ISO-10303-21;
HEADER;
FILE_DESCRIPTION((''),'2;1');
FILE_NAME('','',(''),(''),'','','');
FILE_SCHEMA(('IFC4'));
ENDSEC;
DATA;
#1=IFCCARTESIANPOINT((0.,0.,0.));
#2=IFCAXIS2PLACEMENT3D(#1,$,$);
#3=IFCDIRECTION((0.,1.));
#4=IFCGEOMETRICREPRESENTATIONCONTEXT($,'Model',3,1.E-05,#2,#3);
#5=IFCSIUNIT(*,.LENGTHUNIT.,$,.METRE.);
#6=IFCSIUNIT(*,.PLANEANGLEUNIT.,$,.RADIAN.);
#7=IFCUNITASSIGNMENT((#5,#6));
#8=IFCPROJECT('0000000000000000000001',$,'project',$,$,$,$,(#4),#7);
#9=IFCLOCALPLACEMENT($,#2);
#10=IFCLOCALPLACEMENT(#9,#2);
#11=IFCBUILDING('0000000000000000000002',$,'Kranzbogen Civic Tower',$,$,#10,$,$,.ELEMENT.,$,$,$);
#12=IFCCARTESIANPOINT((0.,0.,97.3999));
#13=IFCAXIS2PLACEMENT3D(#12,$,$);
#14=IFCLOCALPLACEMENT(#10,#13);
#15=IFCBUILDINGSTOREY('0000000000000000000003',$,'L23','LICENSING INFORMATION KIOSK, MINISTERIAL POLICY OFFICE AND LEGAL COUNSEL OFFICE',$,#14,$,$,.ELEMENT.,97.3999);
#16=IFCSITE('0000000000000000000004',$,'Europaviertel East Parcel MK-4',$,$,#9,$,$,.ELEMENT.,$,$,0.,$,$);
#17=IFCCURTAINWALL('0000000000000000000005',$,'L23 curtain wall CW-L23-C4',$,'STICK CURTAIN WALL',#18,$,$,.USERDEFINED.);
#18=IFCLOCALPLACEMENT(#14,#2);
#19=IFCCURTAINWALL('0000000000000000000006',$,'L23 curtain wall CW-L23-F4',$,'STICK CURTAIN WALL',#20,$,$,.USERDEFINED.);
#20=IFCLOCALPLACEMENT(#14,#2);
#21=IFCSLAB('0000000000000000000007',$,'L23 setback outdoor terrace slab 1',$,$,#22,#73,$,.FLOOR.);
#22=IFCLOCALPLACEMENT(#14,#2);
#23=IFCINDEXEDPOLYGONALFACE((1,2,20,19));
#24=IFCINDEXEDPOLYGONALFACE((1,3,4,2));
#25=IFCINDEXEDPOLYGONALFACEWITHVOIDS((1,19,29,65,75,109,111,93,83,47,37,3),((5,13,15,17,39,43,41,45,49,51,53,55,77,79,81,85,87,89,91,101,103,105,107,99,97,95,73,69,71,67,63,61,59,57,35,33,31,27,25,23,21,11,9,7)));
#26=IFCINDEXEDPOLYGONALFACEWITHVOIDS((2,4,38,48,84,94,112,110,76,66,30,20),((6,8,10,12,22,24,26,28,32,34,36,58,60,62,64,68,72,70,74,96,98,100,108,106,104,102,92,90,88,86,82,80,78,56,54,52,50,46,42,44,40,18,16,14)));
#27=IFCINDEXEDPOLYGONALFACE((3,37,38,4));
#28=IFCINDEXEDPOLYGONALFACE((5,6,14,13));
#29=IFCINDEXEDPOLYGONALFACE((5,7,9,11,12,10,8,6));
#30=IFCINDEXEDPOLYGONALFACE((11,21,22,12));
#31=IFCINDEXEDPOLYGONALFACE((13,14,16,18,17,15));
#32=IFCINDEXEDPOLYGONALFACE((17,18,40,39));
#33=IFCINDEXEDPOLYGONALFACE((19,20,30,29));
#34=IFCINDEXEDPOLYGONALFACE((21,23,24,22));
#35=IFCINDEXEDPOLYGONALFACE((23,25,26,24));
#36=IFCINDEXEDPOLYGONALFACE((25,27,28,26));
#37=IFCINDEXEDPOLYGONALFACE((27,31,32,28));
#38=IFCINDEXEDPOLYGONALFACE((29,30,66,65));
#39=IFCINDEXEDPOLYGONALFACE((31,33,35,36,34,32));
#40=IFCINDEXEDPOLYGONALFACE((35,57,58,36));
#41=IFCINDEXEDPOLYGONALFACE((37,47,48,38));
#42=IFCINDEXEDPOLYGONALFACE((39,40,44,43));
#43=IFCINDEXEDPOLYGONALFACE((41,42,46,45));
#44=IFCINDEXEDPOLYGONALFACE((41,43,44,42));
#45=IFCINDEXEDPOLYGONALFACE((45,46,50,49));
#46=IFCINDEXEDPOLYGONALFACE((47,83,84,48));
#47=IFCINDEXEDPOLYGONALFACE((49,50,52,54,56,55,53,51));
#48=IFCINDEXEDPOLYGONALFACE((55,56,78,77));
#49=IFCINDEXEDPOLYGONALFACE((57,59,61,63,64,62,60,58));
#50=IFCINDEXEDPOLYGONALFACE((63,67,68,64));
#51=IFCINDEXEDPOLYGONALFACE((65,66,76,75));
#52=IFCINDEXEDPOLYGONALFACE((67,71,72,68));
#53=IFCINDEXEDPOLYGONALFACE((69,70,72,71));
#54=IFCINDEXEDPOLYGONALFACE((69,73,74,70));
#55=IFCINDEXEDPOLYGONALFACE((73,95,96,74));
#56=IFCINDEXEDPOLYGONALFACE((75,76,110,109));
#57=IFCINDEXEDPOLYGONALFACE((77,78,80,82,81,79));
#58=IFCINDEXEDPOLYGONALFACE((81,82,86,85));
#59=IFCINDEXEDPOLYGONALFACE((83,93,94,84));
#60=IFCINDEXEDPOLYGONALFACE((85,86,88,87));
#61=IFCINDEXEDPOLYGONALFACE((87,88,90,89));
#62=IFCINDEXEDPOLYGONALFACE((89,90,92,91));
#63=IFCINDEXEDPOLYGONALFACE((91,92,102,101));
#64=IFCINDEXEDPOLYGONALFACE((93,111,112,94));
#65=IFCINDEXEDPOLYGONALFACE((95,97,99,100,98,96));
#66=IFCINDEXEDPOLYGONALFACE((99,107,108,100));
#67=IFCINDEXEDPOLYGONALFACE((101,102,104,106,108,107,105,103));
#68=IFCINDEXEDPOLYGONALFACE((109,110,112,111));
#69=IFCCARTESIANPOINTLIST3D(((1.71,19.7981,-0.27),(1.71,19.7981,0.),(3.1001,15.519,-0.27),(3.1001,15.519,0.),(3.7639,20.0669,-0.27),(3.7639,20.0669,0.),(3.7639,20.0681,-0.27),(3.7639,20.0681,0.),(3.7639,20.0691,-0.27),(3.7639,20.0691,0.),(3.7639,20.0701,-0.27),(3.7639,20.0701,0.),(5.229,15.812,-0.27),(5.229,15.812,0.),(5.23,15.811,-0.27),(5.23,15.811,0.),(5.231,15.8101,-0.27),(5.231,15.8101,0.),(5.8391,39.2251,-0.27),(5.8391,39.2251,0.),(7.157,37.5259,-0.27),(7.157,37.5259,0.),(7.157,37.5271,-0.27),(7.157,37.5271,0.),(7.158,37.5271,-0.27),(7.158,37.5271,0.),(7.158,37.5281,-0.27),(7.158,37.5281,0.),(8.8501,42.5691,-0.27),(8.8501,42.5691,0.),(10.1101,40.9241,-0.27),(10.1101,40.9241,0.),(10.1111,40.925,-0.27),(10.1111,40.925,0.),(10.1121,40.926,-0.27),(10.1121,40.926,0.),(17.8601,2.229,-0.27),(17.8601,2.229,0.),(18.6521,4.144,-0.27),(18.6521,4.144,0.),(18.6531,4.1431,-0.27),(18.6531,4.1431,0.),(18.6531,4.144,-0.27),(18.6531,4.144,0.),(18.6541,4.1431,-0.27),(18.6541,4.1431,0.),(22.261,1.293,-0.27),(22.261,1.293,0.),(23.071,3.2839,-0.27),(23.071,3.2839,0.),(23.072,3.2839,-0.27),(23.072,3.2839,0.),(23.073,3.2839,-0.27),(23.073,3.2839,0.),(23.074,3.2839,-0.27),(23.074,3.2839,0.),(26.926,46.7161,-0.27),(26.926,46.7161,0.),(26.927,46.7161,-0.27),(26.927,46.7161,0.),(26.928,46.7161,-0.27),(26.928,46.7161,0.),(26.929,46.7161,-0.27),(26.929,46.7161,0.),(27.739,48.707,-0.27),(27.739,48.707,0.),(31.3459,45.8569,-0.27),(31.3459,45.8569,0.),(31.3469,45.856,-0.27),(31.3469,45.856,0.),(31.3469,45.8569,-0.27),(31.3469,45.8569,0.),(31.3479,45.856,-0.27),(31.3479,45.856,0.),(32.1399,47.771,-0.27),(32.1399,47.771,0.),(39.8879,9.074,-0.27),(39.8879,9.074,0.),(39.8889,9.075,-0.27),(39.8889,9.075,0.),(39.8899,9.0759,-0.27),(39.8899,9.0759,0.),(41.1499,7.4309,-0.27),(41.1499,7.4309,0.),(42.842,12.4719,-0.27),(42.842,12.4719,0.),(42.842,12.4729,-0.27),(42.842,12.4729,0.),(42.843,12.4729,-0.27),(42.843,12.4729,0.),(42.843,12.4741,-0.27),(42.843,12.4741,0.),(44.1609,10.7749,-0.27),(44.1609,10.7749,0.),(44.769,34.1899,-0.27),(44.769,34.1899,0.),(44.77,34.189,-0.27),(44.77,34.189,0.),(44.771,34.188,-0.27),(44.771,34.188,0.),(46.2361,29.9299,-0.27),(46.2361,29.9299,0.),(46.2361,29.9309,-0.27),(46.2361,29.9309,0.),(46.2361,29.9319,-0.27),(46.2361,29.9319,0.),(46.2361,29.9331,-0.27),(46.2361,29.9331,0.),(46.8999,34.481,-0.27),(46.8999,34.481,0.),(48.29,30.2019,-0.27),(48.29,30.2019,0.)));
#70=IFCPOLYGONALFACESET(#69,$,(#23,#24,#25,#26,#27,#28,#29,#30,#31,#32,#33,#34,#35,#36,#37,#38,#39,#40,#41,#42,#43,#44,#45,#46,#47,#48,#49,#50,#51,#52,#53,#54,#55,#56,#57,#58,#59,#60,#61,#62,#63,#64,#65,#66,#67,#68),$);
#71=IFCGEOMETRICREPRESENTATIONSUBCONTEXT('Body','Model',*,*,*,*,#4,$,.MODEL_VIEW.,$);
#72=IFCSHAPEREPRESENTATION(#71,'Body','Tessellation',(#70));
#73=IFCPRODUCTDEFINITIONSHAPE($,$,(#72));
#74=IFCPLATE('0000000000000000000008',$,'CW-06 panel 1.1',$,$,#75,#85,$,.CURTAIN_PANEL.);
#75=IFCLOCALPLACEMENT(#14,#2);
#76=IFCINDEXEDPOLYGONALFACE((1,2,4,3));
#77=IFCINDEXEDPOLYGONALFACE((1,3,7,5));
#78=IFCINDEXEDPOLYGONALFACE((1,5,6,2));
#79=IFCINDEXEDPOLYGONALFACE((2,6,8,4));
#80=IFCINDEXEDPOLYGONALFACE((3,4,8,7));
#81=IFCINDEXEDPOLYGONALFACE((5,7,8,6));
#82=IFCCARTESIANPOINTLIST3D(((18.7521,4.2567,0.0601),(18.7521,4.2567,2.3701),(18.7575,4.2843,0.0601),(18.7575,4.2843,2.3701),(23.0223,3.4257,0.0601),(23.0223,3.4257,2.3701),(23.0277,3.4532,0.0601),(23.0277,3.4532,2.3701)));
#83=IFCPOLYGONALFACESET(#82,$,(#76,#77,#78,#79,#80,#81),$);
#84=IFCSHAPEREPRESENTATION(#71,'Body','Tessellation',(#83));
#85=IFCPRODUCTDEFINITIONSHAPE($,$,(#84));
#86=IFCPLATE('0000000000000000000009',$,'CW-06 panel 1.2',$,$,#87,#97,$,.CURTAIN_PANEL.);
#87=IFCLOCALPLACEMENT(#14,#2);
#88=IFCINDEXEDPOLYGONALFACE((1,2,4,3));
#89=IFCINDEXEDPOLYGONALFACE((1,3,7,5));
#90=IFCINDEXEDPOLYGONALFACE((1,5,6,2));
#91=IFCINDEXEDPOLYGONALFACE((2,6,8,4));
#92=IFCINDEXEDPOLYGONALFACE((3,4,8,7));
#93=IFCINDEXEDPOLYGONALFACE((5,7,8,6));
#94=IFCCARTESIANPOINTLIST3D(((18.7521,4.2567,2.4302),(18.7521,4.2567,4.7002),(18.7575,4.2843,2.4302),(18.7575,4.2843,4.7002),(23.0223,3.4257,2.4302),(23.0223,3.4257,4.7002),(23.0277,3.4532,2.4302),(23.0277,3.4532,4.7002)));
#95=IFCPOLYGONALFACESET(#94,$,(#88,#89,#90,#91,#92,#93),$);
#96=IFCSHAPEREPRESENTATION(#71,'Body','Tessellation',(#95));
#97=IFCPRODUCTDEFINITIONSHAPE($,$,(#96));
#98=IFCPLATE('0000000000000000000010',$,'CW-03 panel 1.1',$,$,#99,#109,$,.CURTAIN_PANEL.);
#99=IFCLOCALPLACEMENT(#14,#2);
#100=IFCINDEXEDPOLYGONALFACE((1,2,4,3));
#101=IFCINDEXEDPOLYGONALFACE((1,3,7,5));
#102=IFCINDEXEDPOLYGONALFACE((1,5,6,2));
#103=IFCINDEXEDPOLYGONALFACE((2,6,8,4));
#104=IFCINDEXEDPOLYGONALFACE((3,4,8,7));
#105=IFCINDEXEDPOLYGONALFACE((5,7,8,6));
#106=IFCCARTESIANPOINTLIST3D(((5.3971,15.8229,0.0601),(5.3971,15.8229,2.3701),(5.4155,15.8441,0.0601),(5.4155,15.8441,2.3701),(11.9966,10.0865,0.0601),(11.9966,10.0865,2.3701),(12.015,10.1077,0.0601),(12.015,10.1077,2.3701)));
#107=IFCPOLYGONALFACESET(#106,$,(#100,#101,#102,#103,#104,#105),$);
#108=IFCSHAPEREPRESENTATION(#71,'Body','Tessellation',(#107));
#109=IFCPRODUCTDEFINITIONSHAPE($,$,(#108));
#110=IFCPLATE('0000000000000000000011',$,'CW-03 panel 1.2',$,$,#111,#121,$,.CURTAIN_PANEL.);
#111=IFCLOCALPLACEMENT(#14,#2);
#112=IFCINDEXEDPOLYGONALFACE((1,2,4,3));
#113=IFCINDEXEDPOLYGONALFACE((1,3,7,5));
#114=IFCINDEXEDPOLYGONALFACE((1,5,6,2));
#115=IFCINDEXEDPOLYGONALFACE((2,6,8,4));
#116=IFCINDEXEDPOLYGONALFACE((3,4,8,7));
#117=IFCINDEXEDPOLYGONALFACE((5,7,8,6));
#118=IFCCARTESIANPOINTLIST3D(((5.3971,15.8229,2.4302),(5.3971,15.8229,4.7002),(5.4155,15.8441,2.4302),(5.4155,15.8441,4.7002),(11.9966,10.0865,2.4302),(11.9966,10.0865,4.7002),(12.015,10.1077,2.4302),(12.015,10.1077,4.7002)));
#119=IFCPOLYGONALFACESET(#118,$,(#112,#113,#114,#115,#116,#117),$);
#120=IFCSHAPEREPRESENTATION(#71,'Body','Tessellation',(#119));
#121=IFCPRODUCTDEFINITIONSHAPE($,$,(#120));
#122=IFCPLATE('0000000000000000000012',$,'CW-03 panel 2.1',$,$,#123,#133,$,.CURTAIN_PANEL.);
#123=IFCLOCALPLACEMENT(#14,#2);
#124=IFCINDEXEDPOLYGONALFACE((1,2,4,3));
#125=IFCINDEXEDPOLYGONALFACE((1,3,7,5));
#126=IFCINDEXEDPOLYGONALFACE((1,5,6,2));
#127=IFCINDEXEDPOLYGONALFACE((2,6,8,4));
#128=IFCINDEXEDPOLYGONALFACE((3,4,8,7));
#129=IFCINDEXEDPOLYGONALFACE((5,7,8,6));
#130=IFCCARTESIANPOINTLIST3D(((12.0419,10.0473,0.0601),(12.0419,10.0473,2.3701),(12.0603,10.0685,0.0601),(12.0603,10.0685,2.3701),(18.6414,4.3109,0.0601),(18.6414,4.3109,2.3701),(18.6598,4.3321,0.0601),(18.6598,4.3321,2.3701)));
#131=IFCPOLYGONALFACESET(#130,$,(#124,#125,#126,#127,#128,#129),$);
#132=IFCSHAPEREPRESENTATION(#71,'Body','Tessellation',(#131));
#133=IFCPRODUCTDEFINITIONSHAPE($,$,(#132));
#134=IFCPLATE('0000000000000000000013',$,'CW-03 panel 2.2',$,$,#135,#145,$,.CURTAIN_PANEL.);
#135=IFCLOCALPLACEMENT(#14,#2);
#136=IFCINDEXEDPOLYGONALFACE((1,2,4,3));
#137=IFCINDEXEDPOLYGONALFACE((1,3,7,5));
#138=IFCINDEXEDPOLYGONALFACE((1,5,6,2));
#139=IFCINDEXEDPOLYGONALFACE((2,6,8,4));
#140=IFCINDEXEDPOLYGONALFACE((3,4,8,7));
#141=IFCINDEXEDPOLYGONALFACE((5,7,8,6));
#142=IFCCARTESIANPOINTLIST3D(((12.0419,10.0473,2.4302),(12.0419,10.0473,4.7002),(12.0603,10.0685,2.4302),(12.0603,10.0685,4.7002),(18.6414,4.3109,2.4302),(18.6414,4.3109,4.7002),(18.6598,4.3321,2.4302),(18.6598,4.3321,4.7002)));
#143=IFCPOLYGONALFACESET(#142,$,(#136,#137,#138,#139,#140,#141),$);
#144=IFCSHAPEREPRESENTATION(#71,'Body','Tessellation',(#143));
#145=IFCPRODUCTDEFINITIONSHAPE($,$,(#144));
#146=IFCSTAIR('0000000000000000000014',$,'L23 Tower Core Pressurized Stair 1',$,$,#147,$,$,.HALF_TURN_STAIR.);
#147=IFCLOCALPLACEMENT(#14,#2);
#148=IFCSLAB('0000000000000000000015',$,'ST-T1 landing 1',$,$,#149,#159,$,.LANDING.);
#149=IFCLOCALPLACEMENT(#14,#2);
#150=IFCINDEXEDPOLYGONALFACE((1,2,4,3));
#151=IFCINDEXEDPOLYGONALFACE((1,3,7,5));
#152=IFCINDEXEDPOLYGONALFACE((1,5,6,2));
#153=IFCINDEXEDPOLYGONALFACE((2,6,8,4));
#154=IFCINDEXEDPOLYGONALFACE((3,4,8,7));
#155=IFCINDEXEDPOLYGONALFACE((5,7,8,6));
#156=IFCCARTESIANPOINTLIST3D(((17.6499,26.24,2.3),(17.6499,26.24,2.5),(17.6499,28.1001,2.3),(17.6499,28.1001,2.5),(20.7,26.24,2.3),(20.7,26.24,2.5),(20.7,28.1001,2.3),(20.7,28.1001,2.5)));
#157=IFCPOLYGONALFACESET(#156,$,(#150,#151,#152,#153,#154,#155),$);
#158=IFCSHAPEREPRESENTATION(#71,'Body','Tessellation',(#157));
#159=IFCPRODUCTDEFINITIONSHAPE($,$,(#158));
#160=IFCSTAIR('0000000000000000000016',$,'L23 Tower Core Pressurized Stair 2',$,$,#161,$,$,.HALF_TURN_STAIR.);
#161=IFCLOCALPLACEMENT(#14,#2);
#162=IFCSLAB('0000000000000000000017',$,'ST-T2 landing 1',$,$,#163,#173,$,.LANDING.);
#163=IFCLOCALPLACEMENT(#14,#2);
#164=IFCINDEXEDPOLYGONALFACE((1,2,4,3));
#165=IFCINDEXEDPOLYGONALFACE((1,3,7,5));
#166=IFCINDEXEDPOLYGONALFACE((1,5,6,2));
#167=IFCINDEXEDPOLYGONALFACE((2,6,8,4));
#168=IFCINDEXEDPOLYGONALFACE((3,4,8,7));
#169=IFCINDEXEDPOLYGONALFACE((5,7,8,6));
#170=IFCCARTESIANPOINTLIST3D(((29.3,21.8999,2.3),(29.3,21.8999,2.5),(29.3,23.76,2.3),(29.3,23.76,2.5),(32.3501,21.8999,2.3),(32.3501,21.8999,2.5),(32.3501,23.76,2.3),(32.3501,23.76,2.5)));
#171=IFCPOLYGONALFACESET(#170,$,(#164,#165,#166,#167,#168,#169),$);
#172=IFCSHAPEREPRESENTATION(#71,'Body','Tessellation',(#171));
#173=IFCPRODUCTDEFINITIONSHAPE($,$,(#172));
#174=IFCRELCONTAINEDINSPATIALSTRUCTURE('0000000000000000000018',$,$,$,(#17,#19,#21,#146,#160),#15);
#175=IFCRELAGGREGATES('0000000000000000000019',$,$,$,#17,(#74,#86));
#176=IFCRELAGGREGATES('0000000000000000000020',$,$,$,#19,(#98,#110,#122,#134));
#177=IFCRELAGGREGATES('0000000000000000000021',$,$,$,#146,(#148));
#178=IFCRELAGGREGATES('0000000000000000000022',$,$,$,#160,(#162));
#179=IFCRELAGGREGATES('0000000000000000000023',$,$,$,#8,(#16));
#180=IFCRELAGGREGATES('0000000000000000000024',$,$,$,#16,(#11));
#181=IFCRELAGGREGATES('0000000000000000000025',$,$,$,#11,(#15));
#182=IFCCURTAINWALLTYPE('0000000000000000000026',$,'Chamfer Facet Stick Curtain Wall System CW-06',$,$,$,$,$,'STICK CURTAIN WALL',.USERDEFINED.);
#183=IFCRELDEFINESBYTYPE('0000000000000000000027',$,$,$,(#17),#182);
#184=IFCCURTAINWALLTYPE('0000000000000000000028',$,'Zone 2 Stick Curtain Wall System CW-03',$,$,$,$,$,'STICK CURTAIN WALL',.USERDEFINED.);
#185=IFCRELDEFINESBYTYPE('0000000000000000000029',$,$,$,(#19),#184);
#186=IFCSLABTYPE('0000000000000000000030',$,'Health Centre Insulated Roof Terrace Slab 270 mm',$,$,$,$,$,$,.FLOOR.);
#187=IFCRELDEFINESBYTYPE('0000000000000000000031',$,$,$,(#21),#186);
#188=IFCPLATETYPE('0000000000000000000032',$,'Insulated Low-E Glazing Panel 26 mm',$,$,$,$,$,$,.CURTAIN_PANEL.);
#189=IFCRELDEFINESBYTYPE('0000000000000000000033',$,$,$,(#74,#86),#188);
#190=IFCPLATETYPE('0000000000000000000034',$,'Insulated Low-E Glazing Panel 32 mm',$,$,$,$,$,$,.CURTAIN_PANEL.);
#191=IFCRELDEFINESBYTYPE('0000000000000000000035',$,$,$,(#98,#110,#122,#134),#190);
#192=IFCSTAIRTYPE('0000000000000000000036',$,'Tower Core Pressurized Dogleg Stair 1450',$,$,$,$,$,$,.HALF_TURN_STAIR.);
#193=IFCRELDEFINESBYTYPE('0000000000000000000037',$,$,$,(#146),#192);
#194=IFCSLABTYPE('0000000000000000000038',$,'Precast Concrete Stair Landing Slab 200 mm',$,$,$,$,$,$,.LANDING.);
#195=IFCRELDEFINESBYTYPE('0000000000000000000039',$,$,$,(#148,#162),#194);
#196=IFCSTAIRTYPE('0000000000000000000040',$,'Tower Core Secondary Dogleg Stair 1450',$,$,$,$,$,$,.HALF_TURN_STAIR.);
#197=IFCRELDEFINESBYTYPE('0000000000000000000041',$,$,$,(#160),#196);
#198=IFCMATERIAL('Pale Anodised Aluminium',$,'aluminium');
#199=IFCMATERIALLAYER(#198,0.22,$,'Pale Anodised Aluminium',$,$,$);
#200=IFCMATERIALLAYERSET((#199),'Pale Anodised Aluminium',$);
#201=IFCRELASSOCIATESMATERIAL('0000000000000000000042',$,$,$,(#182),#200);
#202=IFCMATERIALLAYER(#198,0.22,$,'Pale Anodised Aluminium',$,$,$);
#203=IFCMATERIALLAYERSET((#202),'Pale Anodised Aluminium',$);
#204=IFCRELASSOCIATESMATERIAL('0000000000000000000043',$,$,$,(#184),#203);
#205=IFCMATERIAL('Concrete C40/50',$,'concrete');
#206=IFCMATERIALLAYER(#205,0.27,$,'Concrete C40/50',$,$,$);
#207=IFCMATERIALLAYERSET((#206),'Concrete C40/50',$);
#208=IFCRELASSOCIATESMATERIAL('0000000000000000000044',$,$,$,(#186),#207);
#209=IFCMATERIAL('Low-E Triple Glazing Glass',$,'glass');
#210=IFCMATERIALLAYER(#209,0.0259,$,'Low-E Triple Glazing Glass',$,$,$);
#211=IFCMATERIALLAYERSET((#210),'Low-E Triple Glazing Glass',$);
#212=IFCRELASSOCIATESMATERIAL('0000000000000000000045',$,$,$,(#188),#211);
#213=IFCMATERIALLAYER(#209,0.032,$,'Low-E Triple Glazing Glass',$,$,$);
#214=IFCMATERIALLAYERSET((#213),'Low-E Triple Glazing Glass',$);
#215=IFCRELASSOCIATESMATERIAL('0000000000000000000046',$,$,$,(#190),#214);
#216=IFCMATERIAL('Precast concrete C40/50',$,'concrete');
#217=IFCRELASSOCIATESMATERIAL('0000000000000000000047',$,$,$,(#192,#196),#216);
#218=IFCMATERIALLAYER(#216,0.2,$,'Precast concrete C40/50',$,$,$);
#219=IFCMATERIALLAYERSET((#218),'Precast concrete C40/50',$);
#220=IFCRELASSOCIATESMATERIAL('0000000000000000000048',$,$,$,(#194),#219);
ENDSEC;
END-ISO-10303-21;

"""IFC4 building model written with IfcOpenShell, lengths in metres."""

from ifc_helpers import new_model, si_unit, direction, frame, origin, origin_2d, place, context, subcontext, project, spatial, polyline, rectangle, outline, extrude, material, layer, layer_set, type_object, element, aggregate, save


model = new_model("IFC4")

# Units and contexts
model_context = context("Model", 3, precision=1e-05, world=origin(), true_north=direction((0.0, 1.0)))
body_context = subcontext(model_context, "Body", "Model", "MODEL_VIEW")
ifc_project = project(units=[si_unit("LENGTHUNIT", "METRE"), si_unit("PLANEANGLEUNIT", "RADIAN")], contexts=[model_context])

# Site, building, storey
site_placement = place(None, origin())
site = spatial("IfcSite", under=ifc_project, at=site_placement, Name="Europaviertel East Parcel MK-4", CompositionType="ELEMENT", RefElevation=0.0)
building_placement = place(site_placement, origin())
building = spatial("IfcBuilding", under=site, at=building_placement, Name="Kranzbogen Civic Tower", CompositionType="ELEMENT")
storey_placement = place(building_placement, frame((0.0, 0.0, 97.3999)))
storey = spatial("IfcBuildingStorey", under=building, at=storey_placement, Name="L23", Description="LICENSING INFORMATION KIOSK, MINISTERIAL POLICY OFFICE AND LEGAL COUNSEL OFFICE", CompositionType="ELEMENT", Elevation=97.3999)

# Curtain walls
ifc_material_1 = material(Name="Pale Anodised Aluminium", Category="aluminium")
ifc_layer_1 = layer(ifc_material_1, 0.22, Name="Pale Anodised Aluminium")
ifc_layer_set_1 = layer_set([ifc_layer_1], Name="Pale Anodised Aluminium")
curtain_wall_type_1 = type_object("IfcCurtainWallType", Name="Chamfer Facet Stick Curtain Wall System CW-06", ElementType="STICK CURTAIN WALL", PredefinedType="USERDEFINED", material=ifc_layer_set_1)
curtain_wall_1_placement = place(storey_placement, origin())
curtain_wall_1 = element("IfcCurtainWall", 1, at=curtain_wall_1_placement, inside=storey, type_object=curtain_wall_type_1, Name="L23 curtain wall CW-L23-C4", ObjectType="STICK CURTAIN WALL", PredefinedType="USERDEFINED")
ifc_layer_2 = layer(ifc_material_1, 0.22, Name="Pale Anodised Aluminium")
ifc_layer_set_2 = layer_set([ifc_layer_2], Name="Pale Anodised Aluminium")
curtain_wall_type_2 = type_object("IfcCurtainWallType", Name="Zone 2 Stick Curtain Wall System CW-03", ElementType="STICK CURTAIN WALL", PredefinedType="USERDEFINED", material=ifc_layer_set_2)
curtain_wall_2_placement = place(storey_placement, origin())
curtain_wall_2 = element("IfcCurtainWall", 2, at=curtain_wall_2_placement, inside=storey, type_object=curtain_wall_type_2, Name="L23 curtain wall CW-L23-F4", ObjectType="STICK CURTAIN WALL", PredefinedType="USERDEFINED")

# Slab
ifc_material_2 = material(Name="Concrete C40/50", Category="concrete")
ifc_layer_3 = layer(ifc_material_2, 0.27, Name="Concrete C40/50")
ifc_layer_set_3 = layer_set([ifc_layer_3], Name="Concrete C40/50")
slab_type_1 = type_object("IfcSlabType", Name="Health Centre Insulated Roof Terrace Slab 270 mm", PredefinedType="FLOOR", material=ifc_layer_set_3)
slab_1_placement = place(storey_placement, frame((0.0, 0.0, -0.27)))
element("IfcSlab", 3, at=slab_1_placement, inside=storey, type_object=slab_type_1, Name="L23 setback outdoor terrace slab 1", PredefinedType="FLOOR", context=body_context, shape_type="SweptSolid", body=[
    extrude(outline(polyline([(44.1609, 10.7749), (48.29, 30.2019), (46.8999, 34.481), (32.1399, 47.771), (27.739, 48.707), (8.8501, 42.5691), (5.8391, 39.2251), (1.71, 19.7981), (3.1001, 15.519), (17.8601, 2.229), (22.261, 1.293), (41.1499, 7.4309), (44.1609, 10.7749)]), holes=[polyline([(44.771, 34.188), (46.2361, 29.9331), (46.2361, 29.9319), (46.2361, 29.9319), (46.2361, 29.9309), (46.2361, 29.9309), (46.2361, 29.9299), (42.843, 12.4741), (42.843, 12.4741), (42.843, 12.4729), (42.842, 12.4729), (42.842, 12.4719), (42.842, 12.4719), (39.8899, 9.0759), (39.8889, 9.075), (39.8889, 9.075), (39.8889, 9.075), (39.8879, 9.074), (39.8879, 9.074), (23.074, 3.2839), (23.073, 3.2839), (23.073, 3.2839), (23.072, 3.2839), (23.072, 3.2839), (23.071, 3.2839), (18.6541, 4.1431), (18.6541, 4.1431), (18.6531, 4.1431), (18.6531, 4.144), (18.6521, 4.144), (18.6521, 4.144), (5.231, 15.8101), (5.23, 15.811), (5.23, 15.811), (5.23, 15.811), (5.229, 15.812), (5.229, 15.812), (3.7639, 20.0669), (3.7639, 20.0681), (3.7639, 20.0681), (3.7639, 20.0691), (3.7639, 20.0691), (3.7639, 20.0701), (7.157, 37.5259), (7.157, 37.5259), (7.157, 37.5271), (7.158, 37.5271), (7.158, 37.5281), (7.158, 37.5281), (10.1101, 40.9241), (10.1111, 40.925), (10.1111, 40.925), (10.1111, 40.925), (10.1121, 40.926), (10.1121, 40.926), (26.926, 46.7161), (26.927, 46.7161), (26.927, 46.7161), (26.928, 46.7161), (26.928, 46.7161), (26.929, 46.7161), (31.3459, 45.8569), (31.3459, 45.8569), (31.3469, 45.8569), (31.3469, 45.856), (31.3479, 45.856), (31.3479, 45.856), (44.769, 34.1899), (44.77, 34.189), (44.77, 34.189), (44.77, 34.189), (44.771, 34.188), (44.771, 34.188)])]), origin(), (0.0, 0.0, 1.0), 0.27),
])

# Plates
ifc_material_3 = material(Name="Low-E Triple Glazing Glass", Category="glass")
ifc_layer_4 = layer(ifc_material_3, 0.0259, Name="Low-E Triple Glazing Glass")
ifc_layer_set_4 = layer_set([ifc_layer_4], Name="Low-E Triple Glazing Glass")
plate_type_1 = type_object("IfcPlateType", Name="Insulated Low-E Glazing Panel 26 mm", PredefinedType="CURTAIN_PANEL", material=ifc_layer_set_4)
plate_1_placement = place(storey_placement, frame((20.8899, 3.855, 0.0601), z_axis=(0.0, 0.0, 1.0), x_axis=(0.981583, -0.191037, 0.0)))
plate_1 = element("IfcPlate", 4, at=plate_1_placement, type_object=plate_type_1, Name="CW-06 panel 1.1", PredefinedType="CURTAIN_PANEL", context=body_context, shape_type="SweptSolid", body=[
    extrude(rectangle(XDim=4.3503, YDim=0.0281, at=origin_2d()), origin(), (0.0, 0.0, 1.0), 2.3101),
])
plate_2_placement = place(storey_placement, frame((20.8899, 3.855, 2.4302), z_axis=(0.0, 0.0, 1.0), x_axis=(0.981583, -0.191037, 0.0)))
plate_2 = element("IfcPlate", 5, at=plate_2_placement, type_object=plate_type_1, Name="CW-06 panel 1.2", PredefinedType="CURTAIN_PANEL", context=body_context, shape_type="SweptSolid", body=[
    extrude(rectangle(XDim=4.3503, YDim=0.0281, at=origin_2d()), origin(), (0.0, 0.0, 1.0), 2.27),
])
aggregate(curtain_wall_1, [plate_1, plate_2])
ifc_layer_5 = layer(ifc_material_3, 0.032, Name="Low-E Triple Glazing Glass")
ifc_layer_set_5 = layer_set([ifc_layer_5], Name="Low-E Triple Glazing Glass")
plate_type_2 = type_object("IfcPlateType", Name="Insulated Low-E Glazing Panel 32 mm", PredefinedType="CURTAIN_PANEL", material=ifc_layer_set_5)
plate_3_placement = place(storey_placement, frame((8.7061, 12.9653, 0.0601), z_axis=(0.0, 0.0, 1.0), x_axis=(0.754736, -0.656029, 0.0)))
plate_3 = element("IfcPlate", 6, at=plate_3_placement, type_object=plate_type_2, Name="CW-03 panel 1.1", PredefinedType="CURTAIN_PANEL", context=body_context, shape_type="SweptSolid", body=[
    extrude(rectangle(XDim=8.7441, YDim=0.0281, at=origin_2d()), origin(), (0.0, 0.0, 1.0), 2.3101),
])
plate_4_placement = place(storey_placement, frame((8.7061, 12.9653, 2.4302), z_axis=(0.0, 0.0, 1.0), x_axis=(0.754736, -0.656029, 0.0)))
plate_4 = element("IfcPlate", 7, at=plate_4_placement, type_object=plate_type_2, Name="CW-03 panel 1.2", PredefinedType="CURTAIN_PANEL", context=body_context, shape_type="SweptSolid", body=[
    extrude(rectangle(XDim=8.7441, YDim=0.0281, at=origin_2d()), origin(), (0.0, 0.0, 1.0), 2.27),
])
plate_5_placement = place(storey_placement, frame((15.3508, 7.1897, 0.0601), z_axis=(0.0, 0.0, 1.0), x_axis=(0.754736, -0.656029, 0.0)))
plate_5 = element("IfcPlate", 8, at=plate_5_placement, type_object=plate_type_2, Name="CW-03 panel 2.1", PredefinedType="CURTAIN_PANEL", context=body_context, shape_type="SweptSolid", body=[
    extrude(rectangle(XDim=8.7441, YDim=0.0281, at=origin_2d()), origin(), (0.0, 0.0, 1.0), 2.3101),
])
plate_6_placement = place(storey_placement, frame((15.3508, 7.1897, 2.4302), z_axis=(0.0, 0.0, 1.0), x_axis=(0.754736, -0.656029, 0.0)))
plate_6 = element("IfcPlate", 9, at=plate_6_placement, type_object=plate_type_2, Name="CW-03 panel 2.2", PredefinedType="CURTAIN_PANEL", context=body_context, shape_type="SweptSolid", body=[
    extrude(rectangle(XDim=8.7441, YDim=0.0281, at=origin_2d()), origin(), (0.0, 0.0, 1.0), 2.27),
])
aggregate(curtain_wall_2, [plate_3, plate_4, plate_5, plate_6])

# Stairs, slabs
ifc_material_4 = material(Name="Precast concrete C40/50", Category="concrete")
stair_type_1 = type_object("IfcStairType", Name="Tower Core Pressurized Dogleg Stair 1450", PredefinedType="HALF_TURN_STAIR", material=ifc_material_4)
stair_1_placement = place(storey_placement, origin())
stair_1 = element("IfcStair", 10, at=stair_1_placement, inside=storey, type_object=stair_type_1, Name="L23 Tower Core Pressurized Stair 1", PredefinedType="HALF_TURN_STAIR")
ifc_layer_6 = layer(ifc_material_4, 0.2, Name="Precast concrete C40/50")
ifc_layer_set_6 = layer_set([ifc_layer_6], Name="Precast concrete C40/50")
slab_type_2 = type_object("IfcSlabType", Name="Precast Concrete Stair Landing Slab 200 mm", PredefinedType="LANDING", material=ifc_layer_set_6)
slab_2_placement = place(storey_placement, frame((0.0, 0.0, 2.3)))
slab_2 = element("IfcSlab", 11, at=slab_2_placement, type_object=slab_type_2, Name="ST-T1 landing 1", PredefinedType="LANDING", context=body_context, shape_type="SweptSolid", body=[
    extrude(outline(polyline([(20.7, 26.24), (20.7, 28.1001), (17.6499, 28.1001), (17.6499, 26.24), (20.7, 26.24)])), origin(), (0.0, 0.0, 1.0), 0.2),
])
aggregate(stair_1, [slab_2])
stair_type_2 = type_object("IfcStairType", Name="Tower Core Secondary Dogleg Stair 1450", PredefinedType="HALF_TURN_STAIR", material=ifc_material_4)
stair_2_placement = place(storey_placement, origin())
stair_2 = element("IfcStair", 12, at=stair_2_placement, inside=storey, type_object=stair_type_2, Name="L23 Tower Core Pressurized Stair 2", PredefinedType="HALF_TURN_STAIR")
slab_3_placement = place(storey_placement, frame((0.0, 0.0, 2.3)))
slab_3 = element("IfcSlab", 13, at=slab_3_placement, type_object=slab_type_2, Name="ST-T2 landing 1", PredefinedType="LANDING", context=body_context, shape_type="SweptSolid", body=[
    extrude(outline(polyline([(29.3, 23.76), (29.3, 21.8999), (32.3501, 21.8999), (32.3501, 23.76), (29.3, 23.76)])), origin(), (0.0, 0.0, 1.0), 0.2),
])
aggregate(stair_2, [slab_3])

save(model, "model.ifc")
